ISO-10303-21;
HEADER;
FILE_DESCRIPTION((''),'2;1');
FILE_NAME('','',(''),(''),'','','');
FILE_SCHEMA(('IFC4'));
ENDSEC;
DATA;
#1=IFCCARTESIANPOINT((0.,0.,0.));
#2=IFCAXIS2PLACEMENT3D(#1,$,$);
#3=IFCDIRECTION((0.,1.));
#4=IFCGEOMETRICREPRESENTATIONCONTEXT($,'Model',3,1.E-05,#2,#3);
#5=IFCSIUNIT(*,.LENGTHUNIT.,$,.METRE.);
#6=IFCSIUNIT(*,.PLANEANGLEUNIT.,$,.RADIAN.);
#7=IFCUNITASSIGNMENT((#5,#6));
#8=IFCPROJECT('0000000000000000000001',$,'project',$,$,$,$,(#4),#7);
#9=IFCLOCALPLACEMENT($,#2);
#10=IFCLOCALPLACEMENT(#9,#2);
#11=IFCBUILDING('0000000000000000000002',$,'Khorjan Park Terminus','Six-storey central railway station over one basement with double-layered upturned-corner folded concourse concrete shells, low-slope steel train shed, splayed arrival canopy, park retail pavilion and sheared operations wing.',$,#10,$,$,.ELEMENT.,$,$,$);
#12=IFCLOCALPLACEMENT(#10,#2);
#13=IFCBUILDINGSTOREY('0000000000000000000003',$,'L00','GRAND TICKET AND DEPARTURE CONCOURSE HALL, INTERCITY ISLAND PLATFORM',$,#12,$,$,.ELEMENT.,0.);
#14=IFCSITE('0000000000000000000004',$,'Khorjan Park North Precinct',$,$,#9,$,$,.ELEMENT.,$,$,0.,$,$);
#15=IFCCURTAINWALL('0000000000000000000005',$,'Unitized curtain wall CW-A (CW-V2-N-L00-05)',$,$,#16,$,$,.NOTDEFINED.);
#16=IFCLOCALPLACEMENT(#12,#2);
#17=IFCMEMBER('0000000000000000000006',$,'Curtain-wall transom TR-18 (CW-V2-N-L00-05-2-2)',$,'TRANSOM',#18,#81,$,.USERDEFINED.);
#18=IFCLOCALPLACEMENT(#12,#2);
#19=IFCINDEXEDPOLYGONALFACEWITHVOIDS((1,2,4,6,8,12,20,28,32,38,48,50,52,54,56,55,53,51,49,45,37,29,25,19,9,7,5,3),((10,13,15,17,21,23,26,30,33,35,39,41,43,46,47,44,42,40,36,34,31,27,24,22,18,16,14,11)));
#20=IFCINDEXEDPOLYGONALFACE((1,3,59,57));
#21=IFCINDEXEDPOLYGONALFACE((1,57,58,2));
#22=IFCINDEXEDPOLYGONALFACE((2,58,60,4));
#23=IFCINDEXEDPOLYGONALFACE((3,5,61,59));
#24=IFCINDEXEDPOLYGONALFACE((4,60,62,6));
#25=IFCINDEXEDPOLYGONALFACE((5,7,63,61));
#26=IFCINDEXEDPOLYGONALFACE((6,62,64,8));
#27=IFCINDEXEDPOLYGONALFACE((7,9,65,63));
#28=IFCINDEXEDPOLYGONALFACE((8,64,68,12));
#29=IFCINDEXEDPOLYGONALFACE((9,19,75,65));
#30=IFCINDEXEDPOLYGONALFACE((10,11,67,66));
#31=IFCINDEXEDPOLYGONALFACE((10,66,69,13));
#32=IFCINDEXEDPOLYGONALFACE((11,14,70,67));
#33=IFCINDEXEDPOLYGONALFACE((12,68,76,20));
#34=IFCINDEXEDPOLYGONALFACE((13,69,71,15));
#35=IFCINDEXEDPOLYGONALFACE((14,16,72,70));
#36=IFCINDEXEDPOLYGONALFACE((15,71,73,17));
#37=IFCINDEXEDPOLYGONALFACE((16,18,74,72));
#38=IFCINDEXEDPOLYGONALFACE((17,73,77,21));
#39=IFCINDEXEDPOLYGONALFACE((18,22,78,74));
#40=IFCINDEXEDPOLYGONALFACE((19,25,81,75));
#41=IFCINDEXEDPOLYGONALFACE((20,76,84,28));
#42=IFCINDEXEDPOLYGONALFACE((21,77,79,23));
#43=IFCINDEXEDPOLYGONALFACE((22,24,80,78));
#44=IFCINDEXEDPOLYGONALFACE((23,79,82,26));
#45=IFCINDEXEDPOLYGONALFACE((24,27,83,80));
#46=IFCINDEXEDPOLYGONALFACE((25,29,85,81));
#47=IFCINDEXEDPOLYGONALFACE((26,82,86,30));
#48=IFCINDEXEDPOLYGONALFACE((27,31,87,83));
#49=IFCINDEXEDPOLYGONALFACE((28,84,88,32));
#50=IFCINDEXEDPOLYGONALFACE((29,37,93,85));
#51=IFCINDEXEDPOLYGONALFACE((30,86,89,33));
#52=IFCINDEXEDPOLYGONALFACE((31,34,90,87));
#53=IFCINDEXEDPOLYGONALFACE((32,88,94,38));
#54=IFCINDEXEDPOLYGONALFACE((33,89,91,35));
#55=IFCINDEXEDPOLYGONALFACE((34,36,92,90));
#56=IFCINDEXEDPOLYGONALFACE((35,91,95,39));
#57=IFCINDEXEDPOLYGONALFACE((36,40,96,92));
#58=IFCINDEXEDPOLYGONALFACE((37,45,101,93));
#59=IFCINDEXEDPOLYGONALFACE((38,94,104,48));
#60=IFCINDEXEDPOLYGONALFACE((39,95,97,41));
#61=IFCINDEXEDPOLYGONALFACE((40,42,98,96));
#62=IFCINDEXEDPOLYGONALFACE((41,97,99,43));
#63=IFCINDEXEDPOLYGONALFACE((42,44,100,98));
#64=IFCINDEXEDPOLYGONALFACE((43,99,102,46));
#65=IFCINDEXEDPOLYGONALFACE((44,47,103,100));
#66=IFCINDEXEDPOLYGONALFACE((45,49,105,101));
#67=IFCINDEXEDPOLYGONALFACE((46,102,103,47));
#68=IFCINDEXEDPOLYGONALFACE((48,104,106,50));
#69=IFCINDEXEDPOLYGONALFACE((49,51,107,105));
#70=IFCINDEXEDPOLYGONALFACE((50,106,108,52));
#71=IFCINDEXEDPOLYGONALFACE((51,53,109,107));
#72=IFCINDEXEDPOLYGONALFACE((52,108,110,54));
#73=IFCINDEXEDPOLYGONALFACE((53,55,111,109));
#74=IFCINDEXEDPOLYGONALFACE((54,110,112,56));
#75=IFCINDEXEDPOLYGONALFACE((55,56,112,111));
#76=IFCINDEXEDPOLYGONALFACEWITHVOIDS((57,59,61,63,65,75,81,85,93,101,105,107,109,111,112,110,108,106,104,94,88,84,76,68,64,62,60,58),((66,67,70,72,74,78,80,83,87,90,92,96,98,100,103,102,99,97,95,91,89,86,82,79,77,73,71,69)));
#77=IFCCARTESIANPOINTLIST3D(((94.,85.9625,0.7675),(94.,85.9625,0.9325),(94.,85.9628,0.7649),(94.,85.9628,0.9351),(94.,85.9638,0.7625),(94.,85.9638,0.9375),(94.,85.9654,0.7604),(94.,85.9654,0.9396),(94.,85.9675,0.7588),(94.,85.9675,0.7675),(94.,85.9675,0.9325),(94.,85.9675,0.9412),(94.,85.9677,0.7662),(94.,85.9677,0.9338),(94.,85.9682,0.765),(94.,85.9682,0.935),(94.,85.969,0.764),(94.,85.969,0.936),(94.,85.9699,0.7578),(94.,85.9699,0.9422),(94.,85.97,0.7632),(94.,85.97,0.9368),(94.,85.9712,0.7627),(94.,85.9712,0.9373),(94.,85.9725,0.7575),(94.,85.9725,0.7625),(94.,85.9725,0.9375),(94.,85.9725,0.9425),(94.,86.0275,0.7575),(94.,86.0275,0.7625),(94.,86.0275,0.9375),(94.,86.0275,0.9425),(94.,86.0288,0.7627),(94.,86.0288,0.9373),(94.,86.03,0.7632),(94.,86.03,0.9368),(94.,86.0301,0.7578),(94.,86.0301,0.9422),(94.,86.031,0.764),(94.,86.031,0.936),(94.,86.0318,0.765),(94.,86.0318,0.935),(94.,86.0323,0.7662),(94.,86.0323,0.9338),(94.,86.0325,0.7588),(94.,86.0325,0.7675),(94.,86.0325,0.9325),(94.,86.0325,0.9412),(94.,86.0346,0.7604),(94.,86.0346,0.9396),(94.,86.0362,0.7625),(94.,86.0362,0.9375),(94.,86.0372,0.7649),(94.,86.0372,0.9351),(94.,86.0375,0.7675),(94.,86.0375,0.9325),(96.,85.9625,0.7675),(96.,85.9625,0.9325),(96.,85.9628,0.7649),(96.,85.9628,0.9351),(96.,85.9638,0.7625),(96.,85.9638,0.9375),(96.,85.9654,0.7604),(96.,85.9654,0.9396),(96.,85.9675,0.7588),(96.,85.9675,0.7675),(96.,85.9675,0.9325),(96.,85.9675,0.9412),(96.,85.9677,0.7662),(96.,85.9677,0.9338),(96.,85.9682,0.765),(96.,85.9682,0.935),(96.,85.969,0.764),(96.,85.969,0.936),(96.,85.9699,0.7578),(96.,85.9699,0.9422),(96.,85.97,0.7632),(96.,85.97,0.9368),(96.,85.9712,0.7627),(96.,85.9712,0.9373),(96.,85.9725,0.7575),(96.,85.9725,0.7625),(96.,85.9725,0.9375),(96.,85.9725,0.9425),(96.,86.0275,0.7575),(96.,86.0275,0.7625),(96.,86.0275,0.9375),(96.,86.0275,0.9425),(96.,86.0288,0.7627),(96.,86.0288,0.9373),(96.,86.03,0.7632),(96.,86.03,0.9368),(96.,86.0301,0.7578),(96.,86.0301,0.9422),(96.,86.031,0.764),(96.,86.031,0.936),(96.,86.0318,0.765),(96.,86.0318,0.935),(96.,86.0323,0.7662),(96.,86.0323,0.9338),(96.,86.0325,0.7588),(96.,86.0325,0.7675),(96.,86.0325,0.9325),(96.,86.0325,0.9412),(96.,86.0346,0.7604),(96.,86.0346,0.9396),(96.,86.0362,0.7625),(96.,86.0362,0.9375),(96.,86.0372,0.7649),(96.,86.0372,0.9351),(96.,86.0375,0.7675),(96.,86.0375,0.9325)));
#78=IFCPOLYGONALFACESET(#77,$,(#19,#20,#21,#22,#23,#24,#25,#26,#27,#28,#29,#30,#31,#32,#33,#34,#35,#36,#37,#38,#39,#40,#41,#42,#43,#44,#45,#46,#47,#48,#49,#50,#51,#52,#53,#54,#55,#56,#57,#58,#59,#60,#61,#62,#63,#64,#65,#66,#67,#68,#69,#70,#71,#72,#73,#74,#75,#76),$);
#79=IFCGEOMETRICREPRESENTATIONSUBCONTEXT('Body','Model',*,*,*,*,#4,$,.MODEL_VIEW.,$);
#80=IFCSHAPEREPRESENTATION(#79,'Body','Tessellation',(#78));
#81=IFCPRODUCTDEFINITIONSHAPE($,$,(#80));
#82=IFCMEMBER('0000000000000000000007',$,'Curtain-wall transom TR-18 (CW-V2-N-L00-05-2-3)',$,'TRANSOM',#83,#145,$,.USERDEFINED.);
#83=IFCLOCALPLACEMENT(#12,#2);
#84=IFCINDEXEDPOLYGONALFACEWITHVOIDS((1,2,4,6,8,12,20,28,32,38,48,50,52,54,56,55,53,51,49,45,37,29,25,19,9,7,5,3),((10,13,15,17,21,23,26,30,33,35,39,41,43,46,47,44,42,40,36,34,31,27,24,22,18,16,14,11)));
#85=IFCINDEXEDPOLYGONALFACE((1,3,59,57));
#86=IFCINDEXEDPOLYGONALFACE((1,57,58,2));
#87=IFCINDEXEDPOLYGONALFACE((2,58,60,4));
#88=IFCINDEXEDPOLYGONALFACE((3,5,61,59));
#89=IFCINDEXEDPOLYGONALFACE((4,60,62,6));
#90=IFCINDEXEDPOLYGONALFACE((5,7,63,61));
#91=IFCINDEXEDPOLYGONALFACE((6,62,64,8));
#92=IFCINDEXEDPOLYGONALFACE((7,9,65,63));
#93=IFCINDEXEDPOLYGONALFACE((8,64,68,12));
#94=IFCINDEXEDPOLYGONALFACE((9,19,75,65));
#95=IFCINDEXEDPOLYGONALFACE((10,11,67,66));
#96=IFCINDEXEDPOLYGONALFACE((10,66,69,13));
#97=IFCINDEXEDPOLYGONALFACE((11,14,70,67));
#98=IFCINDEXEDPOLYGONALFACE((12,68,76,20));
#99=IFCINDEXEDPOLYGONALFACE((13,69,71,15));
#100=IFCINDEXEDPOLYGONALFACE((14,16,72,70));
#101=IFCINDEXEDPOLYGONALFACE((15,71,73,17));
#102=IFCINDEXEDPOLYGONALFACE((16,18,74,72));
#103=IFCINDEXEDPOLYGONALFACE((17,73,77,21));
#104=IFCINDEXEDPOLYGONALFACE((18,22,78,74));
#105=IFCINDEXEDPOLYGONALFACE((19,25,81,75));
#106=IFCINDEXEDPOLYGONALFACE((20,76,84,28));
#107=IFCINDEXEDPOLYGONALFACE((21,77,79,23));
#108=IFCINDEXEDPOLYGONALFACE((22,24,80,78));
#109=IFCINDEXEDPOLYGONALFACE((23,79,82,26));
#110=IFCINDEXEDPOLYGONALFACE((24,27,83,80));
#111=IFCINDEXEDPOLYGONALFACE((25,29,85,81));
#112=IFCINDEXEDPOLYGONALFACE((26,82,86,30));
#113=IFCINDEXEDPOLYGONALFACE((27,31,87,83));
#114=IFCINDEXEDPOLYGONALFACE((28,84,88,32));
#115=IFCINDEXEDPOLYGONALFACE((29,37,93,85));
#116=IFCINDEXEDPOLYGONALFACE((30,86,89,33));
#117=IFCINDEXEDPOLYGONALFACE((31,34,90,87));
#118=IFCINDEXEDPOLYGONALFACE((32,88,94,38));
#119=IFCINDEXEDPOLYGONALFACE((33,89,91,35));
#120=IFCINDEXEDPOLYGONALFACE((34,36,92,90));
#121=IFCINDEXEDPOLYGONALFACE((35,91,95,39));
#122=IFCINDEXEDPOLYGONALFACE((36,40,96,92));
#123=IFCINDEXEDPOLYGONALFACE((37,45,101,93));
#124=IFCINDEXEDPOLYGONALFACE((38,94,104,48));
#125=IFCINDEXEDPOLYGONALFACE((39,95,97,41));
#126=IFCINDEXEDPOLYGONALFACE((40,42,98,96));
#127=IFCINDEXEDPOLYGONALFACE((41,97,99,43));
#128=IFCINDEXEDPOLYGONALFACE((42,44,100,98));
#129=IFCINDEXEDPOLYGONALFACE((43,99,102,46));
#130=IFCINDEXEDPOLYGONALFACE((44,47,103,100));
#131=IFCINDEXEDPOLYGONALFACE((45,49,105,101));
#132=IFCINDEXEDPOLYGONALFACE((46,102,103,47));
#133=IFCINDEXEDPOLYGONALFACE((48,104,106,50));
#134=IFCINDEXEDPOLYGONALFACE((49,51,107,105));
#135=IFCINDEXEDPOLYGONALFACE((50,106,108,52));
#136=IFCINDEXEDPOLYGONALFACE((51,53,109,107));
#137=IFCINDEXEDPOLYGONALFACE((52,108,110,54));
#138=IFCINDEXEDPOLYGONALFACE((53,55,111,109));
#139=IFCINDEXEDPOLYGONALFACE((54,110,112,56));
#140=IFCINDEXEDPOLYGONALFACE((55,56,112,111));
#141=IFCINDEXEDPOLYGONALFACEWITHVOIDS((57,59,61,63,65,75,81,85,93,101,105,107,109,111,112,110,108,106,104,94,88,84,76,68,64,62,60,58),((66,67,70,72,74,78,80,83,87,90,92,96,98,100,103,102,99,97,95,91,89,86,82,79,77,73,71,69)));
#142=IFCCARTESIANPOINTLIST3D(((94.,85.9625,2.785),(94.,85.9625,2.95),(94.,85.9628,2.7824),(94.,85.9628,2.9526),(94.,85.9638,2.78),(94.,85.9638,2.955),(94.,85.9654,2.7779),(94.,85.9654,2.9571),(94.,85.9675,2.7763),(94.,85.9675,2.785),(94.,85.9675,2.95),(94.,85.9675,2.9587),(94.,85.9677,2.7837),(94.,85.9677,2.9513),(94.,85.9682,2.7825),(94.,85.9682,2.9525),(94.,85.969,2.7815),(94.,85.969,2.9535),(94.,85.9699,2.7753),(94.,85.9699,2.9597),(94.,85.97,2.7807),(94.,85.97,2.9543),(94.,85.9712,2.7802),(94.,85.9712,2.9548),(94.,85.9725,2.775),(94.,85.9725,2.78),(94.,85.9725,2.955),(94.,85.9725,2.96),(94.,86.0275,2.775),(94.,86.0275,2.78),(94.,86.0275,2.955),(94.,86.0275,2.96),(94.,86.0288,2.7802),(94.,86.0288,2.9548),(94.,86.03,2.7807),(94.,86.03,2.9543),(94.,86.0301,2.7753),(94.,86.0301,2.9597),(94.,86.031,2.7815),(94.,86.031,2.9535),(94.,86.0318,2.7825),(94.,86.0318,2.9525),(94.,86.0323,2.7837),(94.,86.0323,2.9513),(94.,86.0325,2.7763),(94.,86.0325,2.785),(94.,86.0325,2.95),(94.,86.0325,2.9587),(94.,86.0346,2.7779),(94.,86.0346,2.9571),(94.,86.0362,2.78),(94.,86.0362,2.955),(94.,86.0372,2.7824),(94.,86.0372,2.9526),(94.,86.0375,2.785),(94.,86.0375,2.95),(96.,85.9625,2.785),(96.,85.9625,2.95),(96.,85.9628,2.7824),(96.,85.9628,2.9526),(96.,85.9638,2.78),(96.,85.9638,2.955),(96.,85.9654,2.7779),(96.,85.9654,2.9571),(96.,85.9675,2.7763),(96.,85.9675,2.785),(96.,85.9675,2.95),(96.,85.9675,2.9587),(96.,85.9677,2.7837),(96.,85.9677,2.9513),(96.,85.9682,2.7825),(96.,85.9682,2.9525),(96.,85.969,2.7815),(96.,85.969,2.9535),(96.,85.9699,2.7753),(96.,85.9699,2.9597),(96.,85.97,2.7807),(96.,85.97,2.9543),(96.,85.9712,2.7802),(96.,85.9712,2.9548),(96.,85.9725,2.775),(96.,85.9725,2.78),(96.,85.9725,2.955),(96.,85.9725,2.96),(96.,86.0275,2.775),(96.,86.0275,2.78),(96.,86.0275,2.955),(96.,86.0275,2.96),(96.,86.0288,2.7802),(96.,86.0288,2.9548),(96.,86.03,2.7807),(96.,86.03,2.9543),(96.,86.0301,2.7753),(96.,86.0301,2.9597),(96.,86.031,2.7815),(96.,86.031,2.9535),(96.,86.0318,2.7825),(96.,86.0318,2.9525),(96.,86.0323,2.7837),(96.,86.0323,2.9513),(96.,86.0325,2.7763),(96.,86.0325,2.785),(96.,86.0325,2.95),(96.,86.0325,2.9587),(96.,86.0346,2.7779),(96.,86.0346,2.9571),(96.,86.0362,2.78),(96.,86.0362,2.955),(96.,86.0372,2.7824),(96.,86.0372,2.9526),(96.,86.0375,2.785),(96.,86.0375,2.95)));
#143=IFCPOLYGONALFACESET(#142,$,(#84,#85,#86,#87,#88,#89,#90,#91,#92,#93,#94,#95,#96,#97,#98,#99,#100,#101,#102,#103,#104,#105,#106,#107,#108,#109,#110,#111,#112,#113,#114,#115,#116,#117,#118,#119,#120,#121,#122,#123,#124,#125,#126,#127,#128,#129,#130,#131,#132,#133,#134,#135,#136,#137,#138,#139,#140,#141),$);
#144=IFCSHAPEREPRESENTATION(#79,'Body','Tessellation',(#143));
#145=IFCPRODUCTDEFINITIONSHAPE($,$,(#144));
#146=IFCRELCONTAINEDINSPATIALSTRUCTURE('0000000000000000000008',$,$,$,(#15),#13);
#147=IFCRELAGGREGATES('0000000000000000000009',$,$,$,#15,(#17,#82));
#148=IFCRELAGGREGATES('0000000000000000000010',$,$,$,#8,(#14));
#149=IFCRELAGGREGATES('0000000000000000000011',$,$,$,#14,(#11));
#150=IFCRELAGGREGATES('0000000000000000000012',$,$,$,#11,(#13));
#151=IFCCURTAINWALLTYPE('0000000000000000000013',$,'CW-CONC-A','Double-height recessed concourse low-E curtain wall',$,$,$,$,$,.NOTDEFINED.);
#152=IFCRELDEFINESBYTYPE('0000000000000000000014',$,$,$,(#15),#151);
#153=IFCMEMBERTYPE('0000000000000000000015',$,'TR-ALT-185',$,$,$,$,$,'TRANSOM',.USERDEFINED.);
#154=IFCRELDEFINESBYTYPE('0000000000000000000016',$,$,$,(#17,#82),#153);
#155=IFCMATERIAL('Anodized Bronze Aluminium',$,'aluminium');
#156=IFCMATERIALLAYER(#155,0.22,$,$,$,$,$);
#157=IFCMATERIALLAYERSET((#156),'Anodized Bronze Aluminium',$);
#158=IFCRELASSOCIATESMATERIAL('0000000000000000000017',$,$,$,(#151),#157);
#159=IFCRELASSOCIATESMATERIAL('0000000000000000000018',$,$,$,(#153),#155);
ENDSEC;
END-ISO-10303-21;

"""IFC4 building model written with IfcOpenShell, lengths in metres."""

from ifc_helpers import new_model, si_unit, direction, frame, origin, origin_2d, place, context, subcontext, project, spatial, hollow_rectangle, extrude, material, layer, layer_set, material_profile, profile_set, type_object, element, aggregate, save


model = new_model("IFC4")

# Units and contexts
model_context = context("Model", 3, precision=1e-05, world=origin(), true_north=direction((0.0, 1.0)))
body_context = subcontext(model_context, "Body", "Model", "MODEL_VIEW")
ifc_project = project(units=[si_unit("LENGTHUNIT", "METRE"), si_unit("PLANEANGLEUNIT", "RADIAN")], contexts=[model_context])

# Site, building, storey
site_placement = place(None, origin())
site = spatial("IfcSite", under=ifc_project, at=site_placement, Name="Khorjan Park North Precinct", CompositionType="ELEMENT", RefElevation=0.0)
building_placement = place(site_placement, origin())
building = spatial("IfcBuilding", under=site, at=building_placement, Name="Khorjan Park Terminus", Description="Six-storey central railway station over one basement with double-layered upturned-corner folded concourse concrete shells, low-slope steel train shed, splayed arrival canopy, park retail pavilion and sheared operations wing.", CompositionType="ELEMENT")
storey_placement = place(building_placement, origin())
storey = spatial("IfcBuildingStorey", under=building, at=storey_placement, Name="L00", Description="GRAND TICKET AND DEPARTURE CONCOURSE HALL, INTERCITY ISLAND PLATFORM", CompositionType="ELEMENT", Elevation=0.0)

# Curtain wall, members
ifc_material_1 = material(Name="Anodized Bronze Aluminium", Category="aluminium")
ifc_layer_1 = layer(ifc_material_1, 0.22)
ifc_layer_set_1 = layer_set([ifc_layer_1], Name="Anodized Bronze Aluminium")
curtain_wall_type = type_object("IfcCurtainWallType", Name="CW-CONC-A", Description="Double-height recessed concourse low-E curtain wall", PredefinedType="NOTDEFINED", material=ifc_layer_set_1)
curtain_wall_placement = place(storey_placement, origin())
curtain_wall = element("IfcCurtainWall", 1, at=curtain_wall_placement, inside=storey, type_object=curtain_wall_type, Name="Unitized curtain wall CW-A (CW-V2-N-L00-05)", PredefinedType="NOTDEFINED")
ifc_material_profile_1 = material_profile(ifc_material_1, hollow_rectangle(XDim=0.075, YDim=0.185, WallThickness=0.005, InnerFilletRadius=0.005, OuterFilletRadius=0.01, at=origin_2d()), Name="ALT 75x185x5")
ifc_profile_set_1 = profile_set([ifc_material_profile_1], Name="Anodized Bronze Aluminium")
member_type_1 = type_object("IfcMemberType", Name="TR-ALT-185", ElementType="TRANSOM", PredefinedType="USERDEFINED", material=ifc_profile_set_1)
member_1_placement = place(storey_placement, frame((96.0, 86.0, 0.85), z_axis=(-1.0, 0.0, 0.0), x_axis=(0.0, -1.0, 0.0)))
member_1 = element("IfcMember", 2, at=member_1_placement, type_object=member_type_1, Name="Curtain-wall transom TR-18 (CW-V2-N-L00-05-2-2)", ObjectType="TRANSOM", PredefinedType="USERDEFINED", context=body_context, shape_type="SweptSolid", body=[
    extrude(hollow_rectangle(XDim=0.075, YDim=0.185, WallThickness=0.005, InnerFilletRadius=0.005, OuterFilletRadius=0.01, at=origin_2d()), origin(), (0.0, 0.0, 1.0), 2.0),
])
member_2_placement = place(storey_placement, frame((96.0, 86.0, 2.8675), z_axis=(-1.0, 0.0, 0.0), x_axis=(0.0, -1.0, 0.0)))
member_2 = element("IfcMember", 3, at=member_2_placement, type_object=member_type_1, Name="Curtain-wall transom TR-18 (CW-V2-N-L00-05-2-3)", ObjectType="TRANSOM", PredefinedType="USERDEFINED", context=body_context, shape_type="SweptSolid", body=[
    extrude(hollow_rectangle(XDim=0.075, YDim=0.185, WallThickness=0.005, InnerFilletRadius=0.005, OuterFilletRadius=0.01, at=origin_2d()), origin(), (0.0, 0.0, 1.0), 2.0),
])
aggregate(curtain_wall, [member_1, member_2])

save(model, "model.ifc")
